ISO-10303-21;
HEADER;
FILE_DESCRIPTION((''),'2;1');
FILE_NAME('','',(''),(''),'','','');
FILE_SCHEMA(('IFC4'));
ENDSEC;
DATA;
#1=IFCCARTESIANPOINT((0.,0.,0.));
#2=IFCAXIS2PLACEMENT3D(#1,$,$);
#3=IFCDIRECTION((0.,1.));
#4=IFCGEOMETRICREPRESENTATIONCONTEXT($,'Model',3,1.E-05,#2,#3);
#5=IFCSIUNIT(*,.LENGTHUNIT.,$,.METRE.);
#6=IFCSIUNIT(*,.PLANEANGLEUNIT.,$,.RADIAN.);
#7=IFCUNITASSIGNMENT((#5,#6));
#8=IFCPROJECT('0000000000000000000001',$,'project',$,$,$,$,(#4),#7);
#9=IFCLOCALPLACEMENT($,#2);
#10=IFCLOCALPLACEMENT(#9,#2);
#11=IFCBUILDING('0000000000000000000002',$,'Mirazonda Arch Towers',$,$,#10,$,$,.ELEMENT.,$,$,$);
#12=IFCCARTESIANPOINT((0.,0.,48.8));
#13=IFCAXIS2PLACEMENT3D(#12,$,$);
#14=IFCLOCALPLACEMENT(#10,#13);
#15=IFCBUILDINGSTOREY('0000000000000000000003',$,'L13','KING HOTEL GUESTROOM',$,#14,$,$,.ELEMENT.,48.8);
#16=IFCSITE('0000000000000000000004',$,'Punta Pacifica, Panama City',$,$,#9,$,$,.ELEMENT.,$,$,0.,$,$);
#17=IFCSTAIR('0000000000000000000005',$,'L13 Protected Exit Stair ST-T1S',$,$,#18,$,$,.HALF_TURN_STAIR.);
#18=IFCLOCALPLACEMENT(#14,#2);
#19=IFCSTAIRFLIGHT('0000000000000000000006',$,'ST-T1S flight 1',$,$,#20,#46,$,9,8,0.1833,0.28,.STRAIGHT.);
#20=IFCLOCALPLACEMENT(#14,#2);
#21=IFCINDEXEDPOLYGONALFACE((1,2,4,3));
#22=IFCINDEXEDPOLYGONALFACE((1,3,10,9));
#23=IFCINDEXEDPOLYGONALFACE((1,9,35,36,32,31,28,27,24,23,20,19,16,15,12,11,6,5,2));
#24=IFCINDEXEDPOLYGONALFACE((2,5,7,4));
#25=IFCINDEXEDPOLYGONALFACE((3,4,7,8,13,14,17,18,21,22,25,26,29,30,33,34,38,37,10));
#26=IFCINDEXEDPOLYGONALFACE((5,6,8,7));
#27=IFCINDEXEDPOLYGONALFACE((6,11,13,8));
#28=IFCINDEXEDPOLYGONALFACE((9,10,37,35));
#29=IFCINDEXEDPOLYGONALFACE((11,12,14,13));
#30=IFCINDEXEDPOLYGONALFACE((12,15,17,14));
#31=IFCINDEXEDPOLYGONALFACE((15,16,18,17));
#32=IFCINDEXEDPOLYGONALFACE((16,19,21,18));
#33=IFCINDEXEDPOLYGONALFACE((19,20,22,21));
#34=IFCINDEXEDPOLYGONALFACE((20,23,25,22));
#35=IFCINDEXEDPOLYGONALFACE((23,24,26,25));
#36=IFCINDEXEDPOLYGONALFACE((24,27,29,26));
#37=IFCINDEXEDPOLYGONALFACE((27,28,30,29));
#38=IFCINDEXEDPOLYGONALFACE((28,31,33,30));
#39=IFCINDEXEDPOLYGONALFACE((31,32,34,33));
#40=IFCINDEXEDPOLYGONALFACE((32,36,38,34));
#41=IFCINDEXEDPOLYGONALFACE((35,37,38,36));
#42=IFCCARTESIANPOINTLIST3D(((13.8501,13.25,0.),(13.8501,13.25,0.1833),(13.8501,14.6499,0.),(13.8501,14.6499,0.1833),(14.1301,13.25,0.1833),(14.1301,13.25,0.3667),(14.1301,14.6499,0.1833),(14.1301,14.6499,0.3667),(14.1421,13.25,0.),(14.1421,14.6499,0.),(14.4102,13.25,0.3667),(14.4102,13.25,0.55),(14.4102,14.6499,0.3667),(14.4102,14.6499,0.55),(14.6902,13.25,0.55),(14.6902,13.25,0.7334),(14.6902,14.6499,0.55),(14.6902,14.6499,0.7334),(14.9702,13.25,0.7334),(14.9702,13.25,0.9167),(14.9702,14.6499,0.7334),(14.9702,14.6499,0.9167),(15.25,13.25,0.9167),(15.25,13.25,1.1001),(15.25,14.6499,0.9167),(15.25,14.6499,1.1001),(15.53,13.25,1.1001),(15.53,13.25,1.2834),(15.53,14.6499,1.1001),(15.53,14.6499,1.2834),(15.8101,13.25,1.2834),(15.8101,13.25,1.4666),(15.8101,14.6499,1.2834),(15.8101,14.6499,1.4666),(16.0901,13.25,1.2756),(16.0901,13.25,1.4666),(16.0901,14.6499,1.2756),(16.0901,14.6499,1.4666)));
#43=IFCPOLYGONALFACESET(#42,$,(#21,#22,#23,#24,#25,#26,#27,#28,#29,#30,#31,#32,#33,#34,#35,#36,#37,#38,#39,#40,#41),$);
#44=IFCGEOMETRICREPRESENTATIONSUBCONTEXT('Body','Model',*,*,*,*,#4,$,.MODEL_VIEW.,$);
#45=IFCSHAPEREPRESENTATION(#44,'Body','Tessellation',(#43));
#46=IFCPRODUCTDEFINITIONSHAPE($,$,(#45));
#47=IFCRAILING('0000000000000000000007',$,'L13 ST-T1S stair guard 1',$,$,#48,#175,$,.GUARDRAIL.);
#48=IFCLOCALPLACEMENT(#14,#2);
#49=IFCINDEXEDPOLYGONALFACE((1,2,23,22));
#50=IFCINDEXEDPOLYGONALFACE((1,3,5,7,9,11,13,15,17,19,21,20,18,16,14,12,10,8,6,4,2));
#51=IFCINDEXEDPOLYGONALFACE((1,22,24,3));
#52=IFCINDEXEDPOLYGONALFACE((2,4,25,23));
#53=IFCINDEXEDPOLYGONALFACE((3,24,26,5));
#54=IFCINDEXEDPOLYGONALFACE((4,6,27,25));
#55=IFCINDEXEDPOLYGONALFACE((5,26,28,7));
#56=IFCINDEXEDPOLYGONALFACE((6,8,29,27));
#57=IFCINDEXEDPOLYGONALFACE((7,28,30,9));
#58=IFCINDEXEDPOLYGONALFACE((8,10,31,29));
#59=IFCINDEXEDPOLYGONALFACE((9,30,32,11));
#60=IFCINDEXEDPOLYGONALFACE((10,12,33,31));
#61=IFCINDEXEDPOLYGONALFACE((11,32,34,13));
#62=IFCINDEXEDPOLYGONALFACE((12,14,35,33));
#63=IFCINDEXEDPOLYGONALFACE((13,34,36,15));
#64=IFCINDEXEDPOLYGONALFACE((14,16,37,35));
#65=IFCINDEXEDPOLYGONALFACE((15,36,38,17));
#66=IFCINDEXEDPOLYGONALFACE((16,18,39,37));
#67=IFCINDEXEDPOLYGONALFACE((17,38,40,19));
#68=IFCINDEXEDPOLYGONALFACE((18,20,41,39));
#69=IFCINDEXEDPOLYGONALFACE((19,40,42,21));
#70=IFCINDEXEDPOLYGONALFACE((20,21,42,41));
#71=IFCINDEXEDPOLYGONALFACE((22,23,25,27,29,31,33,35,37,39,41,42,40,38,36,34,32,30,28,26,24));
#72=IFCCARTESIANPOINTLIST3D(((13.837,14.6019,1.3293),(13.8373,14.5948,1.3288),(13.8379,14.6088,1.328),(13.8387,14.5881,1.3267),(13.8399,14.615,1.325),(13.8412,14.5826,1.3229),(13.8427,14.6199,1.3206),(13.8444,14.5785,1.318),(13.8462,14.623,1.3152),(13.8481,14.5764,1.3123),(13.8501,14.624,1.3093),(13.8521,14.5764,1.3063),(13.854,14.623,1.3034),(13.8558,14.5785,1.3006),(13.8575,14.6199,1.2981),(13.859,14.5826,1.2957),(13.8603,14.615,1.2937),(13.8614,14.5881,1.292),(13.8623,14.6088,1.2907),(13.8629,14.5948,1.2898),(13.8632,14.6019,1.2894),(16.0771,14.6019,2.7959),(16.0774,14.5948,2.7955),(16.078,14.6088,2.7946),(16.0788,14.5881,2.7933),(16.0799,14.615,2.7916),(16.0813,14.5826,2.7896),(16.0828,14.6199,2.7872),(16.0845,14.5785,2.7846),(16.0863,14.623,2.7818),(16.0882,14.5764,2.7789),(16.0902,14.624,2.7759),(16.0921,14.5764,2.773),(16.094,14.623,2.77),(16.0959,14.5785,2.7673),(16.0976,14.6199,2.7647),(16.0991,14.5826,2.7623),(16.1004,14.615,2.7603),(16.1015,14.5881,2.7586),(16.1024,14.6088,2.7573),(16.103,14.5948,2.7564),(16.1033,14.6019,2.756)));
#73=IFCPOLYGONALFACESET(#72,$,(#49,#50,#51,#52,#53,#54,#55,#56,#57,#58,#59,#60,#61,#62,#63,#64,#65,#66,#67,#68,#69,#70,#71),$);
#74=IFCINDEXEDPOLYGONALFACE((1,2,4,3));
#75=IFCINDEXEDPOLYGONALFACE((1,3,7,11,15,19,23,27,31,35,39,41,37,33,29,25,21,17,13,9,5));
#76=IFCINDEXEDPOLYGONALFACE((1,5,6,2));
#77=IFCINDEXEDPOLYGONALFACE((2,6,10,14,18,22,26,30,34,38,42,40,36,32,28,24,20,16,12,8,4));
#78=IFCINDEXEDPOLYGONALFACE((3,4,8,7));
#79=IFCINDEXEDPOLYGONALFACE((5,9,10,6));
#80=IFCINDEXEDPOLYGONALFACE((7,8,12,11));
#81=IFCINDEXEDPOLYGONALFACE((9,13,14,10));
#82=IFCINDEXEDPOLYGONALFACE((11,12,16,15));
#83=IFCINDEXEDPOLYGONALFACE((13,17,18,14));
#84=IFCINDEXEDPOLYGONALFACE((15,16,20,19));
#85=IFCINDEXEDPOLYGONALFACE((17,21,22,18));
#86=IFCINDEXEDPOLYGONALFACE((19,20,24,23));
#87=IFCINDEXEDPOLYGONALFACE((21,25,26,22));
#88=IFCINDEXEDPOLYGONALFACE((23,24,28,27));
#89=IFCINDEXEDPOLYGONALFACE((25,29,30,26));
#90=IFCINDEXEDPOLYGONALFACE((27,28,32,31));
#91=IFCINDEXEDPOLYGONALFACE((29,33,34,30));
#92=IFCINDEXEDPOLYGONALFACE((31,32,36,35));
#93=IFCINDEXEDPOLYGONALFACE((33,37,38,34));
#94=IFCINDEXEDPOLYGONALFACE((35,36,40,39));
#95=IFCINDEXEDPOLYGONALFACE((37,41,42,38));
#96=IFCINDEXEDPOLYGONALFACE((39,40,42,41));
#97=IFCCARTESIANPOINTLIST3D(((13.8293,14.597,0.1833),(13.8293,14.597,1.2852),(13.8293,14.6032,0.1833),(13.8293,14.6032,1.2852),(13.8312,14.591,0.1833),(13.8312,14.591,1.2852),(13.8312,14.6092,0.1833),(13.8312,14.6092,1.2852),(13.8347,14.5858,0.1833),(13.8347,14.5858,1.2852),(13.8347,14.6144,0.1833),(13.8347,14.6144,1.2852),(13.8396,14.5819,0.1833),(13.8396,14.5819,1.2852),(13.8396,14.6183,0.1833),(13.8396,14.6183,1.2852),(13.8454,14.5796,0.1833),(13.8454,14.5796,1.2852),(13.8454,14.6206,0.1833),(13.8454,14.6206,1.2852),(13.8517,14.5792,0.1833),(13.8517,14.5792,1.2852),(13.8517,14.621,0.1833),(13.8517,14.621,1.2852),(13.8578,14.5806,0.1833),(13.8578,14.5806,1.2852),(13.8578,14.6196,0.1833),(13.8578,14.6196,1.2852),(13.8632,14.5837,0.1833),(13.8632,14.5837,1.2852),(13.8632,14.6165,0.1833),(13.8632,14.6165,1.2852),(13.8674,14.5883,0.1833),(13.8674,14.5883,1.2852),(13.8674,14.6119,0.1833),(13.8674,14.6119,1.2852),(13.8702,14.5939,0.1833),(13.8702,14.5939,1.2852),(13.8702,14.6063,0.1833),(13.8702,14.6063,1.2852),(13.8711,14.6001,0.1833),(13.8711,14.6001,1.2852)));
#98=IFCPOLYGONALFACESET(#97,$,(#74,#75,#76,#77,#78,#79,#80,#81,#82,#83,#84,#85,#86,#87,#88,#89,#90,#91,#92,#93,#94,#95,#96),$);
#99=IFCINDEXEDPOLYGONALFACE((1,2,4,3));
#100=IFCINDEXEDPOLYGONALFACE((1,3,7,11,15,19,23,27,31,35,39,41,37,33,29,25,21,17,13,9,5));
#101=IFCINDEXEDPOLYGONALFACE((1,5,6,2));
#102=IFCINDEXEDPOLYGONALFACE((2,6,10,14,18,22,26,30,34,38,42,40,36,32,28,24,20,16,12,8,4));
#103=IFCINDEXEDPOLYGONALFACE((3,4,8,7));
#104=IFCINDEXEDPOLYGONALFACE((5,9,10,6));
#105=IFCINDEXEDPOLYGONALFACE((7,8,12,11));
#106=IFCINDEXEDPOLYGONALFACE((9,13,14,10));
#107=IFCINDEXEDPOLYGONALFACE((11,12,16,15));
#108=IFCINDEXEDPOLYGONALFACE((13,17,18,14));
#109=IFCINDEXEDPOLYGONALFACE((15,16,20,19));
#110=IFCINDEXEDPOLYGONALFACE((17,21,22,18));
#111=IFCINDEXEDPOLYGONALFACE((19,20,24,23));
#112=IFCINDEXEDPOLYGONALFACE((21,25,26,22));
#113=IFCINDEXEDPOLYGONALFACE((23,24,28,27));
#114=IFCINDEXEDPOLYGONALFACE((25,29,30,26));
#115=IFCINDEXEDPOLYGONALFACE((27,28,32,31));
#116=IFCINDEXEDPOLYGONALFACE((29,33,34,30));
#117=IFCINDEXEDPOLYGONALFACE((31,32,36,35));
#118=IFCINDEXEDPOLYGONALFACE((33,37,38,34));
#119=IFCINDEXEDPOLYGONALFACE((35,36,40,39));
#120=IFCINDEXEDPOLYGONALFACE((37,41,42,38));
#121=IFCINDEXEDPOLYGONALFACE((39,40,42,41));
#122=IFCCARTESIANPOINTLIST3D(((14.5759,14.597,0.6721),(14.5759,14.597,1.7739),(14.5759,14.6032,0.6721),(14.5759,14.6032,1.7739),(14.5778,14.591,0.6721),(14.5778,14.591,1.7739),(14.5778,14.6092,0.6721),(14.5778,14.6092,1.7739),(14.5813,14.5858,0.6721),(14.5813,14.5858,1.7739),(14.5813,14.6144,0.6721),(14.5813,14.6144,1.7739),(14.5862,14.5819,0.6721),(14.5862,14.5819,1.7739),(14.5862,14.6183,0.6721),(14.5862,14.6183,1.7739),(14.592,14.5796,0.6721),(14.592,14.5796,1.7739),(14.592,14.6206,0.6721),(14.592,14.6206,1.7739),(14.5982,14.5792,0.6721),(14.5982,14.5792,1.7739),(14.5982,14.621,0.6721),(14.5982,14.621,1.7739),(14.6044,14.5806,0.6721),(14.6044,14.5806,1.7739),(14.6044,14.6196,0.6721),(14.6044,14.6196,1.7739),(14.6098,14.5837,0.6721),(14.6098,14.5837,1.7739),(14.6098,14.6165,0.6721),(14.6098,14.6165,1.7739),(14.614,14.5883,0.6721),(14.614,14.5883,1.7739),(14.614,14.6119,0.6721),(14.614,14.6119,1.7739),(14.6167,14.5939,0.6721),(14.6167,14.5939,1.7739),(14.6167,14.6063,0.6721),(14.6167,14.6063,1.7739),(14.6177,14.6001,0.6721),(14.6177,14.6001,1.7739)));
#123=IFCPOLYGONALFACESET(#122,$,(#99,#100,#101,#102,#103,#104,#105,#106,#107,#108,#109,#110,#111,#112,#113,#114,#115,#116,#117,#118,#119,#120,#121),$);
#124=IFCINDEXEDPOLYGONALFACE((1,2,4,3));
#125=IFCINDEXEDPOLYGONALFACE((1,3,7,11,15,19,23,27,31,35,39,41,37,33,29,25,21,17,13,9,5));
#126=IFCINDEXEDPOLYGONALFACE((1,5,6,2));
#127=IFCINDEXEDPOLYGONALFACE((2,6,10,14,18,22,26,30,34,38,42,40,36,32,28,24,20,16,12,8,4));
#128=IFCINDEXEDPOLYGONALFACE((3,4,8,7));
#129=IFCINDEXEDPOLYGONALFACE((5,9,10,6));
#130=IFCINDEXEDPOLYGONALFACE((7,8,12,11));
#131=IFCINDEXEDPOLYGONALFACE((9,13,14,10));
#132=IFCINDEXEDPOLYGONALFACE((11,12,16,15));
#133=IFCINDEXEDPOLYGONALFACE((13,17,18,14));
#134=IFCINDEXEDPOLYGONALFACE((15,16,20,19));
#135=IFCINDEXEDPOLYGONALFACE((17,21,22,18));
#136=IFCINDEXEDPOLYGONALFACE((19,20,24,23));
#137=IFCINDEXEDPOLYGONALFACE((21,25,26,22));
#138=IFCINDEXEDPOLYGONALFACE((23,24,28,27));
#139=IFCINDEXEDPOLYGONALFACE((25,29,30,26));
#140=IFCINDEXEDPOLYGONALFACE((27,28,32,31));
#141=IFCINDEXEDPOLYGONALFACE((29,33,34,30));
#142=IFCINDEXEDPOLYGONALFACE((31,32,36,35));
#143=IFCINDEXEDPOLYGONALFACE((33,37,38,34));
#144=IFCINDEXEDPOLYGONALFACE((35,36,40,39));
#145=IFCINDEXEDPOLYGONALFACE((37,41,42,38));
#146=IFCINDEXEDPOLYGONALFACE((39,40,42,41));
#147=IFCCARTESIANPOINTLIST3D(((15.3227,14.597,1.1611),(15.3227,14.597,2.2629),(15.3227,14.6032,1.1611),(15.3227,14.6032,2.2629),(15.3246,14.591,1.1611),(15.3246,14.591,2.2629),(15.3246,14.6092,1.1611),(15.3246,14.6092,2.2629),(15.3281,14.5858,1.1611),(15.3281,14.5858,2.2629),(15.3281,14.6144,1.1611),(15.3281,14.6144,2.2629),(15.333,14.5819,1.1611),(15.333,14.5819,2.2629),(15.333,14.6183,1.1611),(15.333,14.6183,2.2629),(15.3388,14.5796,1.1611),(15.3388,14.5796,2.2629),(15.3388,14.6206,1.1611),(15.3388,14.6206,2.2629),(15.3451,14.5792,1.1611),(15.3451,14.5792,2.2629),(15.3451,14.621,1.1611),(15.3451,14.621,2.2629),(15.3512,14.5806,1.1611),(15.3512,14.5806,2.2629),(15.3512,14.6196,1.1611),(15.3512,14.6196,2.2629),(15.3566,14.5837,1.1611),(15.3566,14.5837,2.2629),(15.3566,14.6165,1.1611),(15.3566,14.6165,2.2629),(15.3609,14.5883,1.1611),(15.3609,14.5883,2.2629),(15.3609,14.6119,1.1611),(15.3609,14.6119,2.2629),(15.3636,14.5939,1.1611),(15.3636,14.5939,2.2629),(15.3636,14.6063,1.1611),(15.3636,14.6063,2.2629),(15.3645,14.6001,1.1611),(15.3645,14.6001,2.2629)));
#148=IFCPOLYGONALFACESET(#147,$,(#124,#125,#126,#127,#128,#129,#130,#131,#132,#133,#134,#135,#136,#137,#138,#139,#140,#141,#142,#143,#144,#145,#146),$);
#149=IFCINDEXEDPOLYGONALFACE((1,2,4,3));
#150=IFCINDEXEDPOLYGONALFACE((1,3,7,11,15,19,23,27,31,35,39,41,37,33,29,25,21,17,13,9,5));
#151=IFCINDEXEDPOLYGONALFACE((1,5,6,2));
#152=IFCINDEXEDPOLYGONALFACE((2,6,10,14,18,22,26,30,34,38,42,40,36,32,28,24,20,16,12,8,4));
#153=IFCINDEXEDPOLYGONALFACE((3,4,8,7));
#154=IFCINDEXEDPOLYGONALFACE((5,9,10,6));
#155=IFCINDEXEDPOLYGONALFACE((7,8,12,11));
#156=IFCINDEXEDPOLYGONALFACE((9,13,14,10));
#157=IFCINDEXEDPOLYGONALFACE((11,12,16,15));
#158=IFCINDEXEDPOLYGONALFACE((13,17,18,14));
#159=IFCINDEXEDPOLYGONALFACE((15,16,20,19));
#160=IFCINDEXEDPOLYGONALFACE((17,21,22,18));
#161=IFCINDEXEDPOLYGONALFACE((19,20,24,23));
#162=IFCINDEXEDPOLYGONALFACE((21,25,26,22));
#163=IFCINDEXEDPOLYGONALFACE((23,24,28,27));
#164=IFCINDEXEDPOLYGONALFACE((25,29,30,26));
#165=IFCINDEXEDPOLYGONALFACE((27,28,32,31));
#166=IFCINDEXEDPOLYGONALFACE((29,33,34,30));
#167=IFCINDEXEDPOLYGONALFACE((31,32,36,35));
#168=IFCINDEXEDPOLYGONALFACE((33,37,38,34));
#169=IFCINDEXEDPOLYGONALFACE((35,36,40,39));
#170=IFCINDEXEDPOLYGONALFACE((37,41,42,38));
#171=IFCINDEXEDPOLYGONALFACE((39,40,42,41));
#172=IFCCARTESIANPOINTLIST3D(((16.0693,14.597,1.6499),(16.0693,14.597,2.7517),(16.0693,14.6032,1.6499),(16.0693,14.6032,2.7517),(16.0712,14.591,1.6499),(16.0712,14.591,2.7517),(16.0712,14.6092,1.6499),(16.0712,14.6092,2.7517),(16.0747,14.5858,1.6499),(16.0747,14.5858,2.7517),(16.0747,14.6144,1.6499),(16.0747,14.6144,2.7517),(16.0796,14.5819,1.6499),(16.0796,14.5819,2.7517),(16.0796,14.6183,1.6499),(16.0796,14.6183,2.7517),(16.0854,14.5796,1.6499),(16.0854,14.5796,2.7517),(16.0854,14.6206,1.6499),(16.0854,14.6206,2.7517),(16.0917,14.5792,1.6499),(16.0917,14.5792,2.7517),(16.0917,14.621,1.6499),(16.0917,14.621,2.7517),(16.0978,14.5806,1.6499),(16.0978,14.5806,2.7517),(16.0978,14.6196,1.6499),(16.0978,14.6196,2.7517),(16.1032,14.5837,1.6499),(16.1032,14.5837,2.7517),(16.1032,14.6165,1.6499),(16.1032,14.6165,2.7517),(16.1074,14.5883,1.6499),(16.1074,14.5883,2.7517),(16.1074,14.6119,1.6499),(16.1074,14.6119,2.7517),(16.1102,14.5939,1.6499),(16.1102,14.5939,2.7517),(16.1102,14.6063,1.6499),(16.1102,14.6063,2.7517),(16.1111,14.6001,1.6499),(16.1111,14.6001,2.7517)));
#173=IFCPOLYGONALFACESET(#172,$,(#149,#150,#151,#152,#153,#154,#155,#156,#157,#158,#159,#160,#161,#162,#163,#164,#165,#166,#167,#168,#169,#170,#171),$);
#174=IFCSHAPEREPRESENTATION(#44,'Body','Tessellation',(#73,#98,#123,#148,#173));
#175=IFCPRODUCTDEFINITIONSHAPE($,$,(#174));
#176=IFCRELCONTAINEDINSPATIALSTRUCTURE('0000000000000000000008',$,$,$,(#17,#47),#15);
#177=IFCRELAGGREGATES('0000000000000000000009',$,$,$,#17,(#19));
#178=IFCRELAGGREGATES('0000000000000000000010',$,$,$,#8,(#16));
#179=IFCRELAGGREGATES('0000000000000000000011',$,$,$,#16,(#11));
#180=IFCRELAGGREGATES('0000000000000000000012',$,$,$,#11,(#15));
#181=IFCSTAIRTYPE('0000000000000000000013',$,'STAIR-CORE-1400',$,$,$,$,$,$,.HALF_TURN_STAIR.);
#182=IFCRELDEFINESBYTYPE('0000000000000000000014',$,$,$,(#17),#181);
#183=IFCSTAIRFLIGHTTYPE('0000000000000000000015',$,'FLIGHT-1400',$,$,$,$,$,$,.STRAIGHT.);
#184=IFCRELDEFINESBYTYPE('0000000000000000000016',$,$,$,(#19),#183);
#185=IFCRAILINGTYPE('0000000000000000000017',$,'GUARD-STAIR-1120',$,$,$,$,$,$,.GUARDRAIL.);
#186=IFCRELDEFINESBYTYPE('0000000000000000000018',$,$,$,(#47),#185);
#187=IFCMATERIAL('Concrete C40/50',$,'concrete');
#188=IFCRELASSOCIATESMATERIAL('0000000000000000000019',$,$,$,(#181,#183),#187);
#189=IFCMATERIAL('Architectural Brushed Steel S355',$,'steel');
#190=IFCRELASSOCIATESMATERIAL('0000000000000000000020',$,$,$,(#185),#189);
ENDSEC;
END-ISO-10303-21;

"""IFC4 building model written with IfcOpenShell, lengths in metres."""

from ifc_helpers import new_model, si_unit, direction, frame, origin, origin_2d, place, context, subcontext, project, spatial, polyline, circle, outline, extrude, material, type_object, element, aggregate, save


model = new_model("IFC4")

# Units and contexts
model_context = context("Model", 3, precision=1e-05, world=origin(), true_north=direction((0.0, 1.0)))
body_context = subcontext(model_context, "Body", "Model", "MODEL_VIEW")
ifc_project = project(units=[si_unit("LENGTHUNIT", "METRE"), si_unit("PLANEANGLEUNIT", "RADIAN")], contexts=[model_context])

# Site, building, storey
site_placement = place(None, origin())
site = spatial("IfcSite", under=ifc_project, at=site_placement, Name="Punta Pacifica, Panama City", CompositionType="ELEMENT", RefElevation=0.0)
building_placement = place(site_placement, origin())
building = spatial("IfcBuilding", under=site, at=building_placement, Name="Mirazonda Arch Towers", CompositionType="ELEMENT")
storey_placement = place(building_placement, frame((0.0, 0.0, 48.8)))
storey = spatial("IfcBuildingStorey", under=building, at=storey_placement, Name="L13", Description="KING HOTEL GUESTROOM", CompositionType="ELEMENT", Elevation=48.8)

# Stair
ifc_material_1 = material(Name="Concrete C40/50", Category="concrete")
stair_type = type_object("IfcStairType", Name="STAIR-CORE-1400", PredefinedType="HALF_TURN_STAIR", material=ifc_material_1)
stair_1_placement = place(storey_placement, origin())
stair_1 = element("IfcStair", 1, at=stair_1_placement, inside=storey, type_object=stair_type, Name="L13 Protected Exit Stair ST-T1S", PredefinedType="HALF_TURN_STAIR")

# Shared definitions
ifc_material_2 = material(Name="Architectural Brushed Steel S355", Category="steel")

# Stair flight
stair_flight_type = type_object("IfcStairFlightType", Name="FLIGHT-1400", PredefinedType="STRAIGHT", material=ifc_material_1)
stair_flight_placement = place(storey_placement, frame((13.8501, 13.95, 0.0), z_axis=(0.0, 0.0, 1.0), x_axis=(1.0, 0.0, 0.0)))
stair_flight = element("IfcStairFlight", 2, at=stair_flight_placement, type_object=stair_flight_type, Name="ST-T1S flight 1", NumberOfRisers=9, NumberOfTreads=8, PredefinedType="STRAIGHT", RiserHeight=0.1833, TreadLength=0.28, context=body_context, shape_type="SweptSolid", body=[
    extrude(outline(polyline([(0.0, 0.0), (0.0, 0.1833), (0.28, 0.1833), (0.28, 0.3667), (0.5601, 0.3667), (0.5601, 0.55), (0.8401, 0.55), (0.8401, 0.7334), (1.1201, 0.7334), (1.1201, 0.9167), (1.3999, 0.9167), (1.3999, 1.1001), (1.6799, 1.1001), (1.6799, 1.2834), (1.96, 1.2834), (1.96, 1.4666), (2.24, 1.4666), (2.24, 1.6499), (2.24, 1.2756), (0.292, 0.0), (0.0, 0.0)])), frame((0.0, 0.7, 0.0), z_axis=(0.0, -1.0, 0.0), x_axis=(1.0, 0.0, 0.0)), (0.0, 0.0, 1.0), 1.3999),
])
aggregate(stair_1, [stair_flight])

# Railing
railing_type_1 = type_object("IfcRailingType", Name="GUARD-STAIR-1120", PredefinedType="GUARDRAIL", material=ifc_material_2)
railing_1_placement = place(storey_placement, frame((13.8501, 14.6001, 0.1833)))
element("IfcRailing", 3, at=railing_1_placement, inside=storey, type_object=railing_type_1, Name="L13 ST-T1S stair guard 1", PredefinedType="GUARDRAIL", context=body_context, shape_type="SweptSolid", body=[
    extrude(circle(Radius=0.0239, at=origin_2d()), frame((0.0, 0.0, 1.126), z_axis=(0.836637, 0.0, 0.547758), x_axis=(0.0, 1.0, 0.0)), (0.0, 0.0, 1.0), 2.6775),
    extrude(circle(Radius=0.021, at=origin_2d()), origin(), (0.0, 0.0, 1.0), 1.1018),
    extrude(circle(Radius=0.021, at=origin_2d()), frame((0.7466, 0.0, 0.4888)), (0.0, 0.0, 1.0), 1.1018),
    extrude(circle(Radius=0.021, at=origin_2d()), frame((1.4934, 0.0, 0.9778)), (0.0, 0.0, 1.0), 1.1018),
    extrude(circle(Radius=0.021, at=origin_2d()), frame((2.24, 0.0, 1.4666)), (0.0, 0.0, 1.0), 1.1018),
])

save(model, "model.ifc")
